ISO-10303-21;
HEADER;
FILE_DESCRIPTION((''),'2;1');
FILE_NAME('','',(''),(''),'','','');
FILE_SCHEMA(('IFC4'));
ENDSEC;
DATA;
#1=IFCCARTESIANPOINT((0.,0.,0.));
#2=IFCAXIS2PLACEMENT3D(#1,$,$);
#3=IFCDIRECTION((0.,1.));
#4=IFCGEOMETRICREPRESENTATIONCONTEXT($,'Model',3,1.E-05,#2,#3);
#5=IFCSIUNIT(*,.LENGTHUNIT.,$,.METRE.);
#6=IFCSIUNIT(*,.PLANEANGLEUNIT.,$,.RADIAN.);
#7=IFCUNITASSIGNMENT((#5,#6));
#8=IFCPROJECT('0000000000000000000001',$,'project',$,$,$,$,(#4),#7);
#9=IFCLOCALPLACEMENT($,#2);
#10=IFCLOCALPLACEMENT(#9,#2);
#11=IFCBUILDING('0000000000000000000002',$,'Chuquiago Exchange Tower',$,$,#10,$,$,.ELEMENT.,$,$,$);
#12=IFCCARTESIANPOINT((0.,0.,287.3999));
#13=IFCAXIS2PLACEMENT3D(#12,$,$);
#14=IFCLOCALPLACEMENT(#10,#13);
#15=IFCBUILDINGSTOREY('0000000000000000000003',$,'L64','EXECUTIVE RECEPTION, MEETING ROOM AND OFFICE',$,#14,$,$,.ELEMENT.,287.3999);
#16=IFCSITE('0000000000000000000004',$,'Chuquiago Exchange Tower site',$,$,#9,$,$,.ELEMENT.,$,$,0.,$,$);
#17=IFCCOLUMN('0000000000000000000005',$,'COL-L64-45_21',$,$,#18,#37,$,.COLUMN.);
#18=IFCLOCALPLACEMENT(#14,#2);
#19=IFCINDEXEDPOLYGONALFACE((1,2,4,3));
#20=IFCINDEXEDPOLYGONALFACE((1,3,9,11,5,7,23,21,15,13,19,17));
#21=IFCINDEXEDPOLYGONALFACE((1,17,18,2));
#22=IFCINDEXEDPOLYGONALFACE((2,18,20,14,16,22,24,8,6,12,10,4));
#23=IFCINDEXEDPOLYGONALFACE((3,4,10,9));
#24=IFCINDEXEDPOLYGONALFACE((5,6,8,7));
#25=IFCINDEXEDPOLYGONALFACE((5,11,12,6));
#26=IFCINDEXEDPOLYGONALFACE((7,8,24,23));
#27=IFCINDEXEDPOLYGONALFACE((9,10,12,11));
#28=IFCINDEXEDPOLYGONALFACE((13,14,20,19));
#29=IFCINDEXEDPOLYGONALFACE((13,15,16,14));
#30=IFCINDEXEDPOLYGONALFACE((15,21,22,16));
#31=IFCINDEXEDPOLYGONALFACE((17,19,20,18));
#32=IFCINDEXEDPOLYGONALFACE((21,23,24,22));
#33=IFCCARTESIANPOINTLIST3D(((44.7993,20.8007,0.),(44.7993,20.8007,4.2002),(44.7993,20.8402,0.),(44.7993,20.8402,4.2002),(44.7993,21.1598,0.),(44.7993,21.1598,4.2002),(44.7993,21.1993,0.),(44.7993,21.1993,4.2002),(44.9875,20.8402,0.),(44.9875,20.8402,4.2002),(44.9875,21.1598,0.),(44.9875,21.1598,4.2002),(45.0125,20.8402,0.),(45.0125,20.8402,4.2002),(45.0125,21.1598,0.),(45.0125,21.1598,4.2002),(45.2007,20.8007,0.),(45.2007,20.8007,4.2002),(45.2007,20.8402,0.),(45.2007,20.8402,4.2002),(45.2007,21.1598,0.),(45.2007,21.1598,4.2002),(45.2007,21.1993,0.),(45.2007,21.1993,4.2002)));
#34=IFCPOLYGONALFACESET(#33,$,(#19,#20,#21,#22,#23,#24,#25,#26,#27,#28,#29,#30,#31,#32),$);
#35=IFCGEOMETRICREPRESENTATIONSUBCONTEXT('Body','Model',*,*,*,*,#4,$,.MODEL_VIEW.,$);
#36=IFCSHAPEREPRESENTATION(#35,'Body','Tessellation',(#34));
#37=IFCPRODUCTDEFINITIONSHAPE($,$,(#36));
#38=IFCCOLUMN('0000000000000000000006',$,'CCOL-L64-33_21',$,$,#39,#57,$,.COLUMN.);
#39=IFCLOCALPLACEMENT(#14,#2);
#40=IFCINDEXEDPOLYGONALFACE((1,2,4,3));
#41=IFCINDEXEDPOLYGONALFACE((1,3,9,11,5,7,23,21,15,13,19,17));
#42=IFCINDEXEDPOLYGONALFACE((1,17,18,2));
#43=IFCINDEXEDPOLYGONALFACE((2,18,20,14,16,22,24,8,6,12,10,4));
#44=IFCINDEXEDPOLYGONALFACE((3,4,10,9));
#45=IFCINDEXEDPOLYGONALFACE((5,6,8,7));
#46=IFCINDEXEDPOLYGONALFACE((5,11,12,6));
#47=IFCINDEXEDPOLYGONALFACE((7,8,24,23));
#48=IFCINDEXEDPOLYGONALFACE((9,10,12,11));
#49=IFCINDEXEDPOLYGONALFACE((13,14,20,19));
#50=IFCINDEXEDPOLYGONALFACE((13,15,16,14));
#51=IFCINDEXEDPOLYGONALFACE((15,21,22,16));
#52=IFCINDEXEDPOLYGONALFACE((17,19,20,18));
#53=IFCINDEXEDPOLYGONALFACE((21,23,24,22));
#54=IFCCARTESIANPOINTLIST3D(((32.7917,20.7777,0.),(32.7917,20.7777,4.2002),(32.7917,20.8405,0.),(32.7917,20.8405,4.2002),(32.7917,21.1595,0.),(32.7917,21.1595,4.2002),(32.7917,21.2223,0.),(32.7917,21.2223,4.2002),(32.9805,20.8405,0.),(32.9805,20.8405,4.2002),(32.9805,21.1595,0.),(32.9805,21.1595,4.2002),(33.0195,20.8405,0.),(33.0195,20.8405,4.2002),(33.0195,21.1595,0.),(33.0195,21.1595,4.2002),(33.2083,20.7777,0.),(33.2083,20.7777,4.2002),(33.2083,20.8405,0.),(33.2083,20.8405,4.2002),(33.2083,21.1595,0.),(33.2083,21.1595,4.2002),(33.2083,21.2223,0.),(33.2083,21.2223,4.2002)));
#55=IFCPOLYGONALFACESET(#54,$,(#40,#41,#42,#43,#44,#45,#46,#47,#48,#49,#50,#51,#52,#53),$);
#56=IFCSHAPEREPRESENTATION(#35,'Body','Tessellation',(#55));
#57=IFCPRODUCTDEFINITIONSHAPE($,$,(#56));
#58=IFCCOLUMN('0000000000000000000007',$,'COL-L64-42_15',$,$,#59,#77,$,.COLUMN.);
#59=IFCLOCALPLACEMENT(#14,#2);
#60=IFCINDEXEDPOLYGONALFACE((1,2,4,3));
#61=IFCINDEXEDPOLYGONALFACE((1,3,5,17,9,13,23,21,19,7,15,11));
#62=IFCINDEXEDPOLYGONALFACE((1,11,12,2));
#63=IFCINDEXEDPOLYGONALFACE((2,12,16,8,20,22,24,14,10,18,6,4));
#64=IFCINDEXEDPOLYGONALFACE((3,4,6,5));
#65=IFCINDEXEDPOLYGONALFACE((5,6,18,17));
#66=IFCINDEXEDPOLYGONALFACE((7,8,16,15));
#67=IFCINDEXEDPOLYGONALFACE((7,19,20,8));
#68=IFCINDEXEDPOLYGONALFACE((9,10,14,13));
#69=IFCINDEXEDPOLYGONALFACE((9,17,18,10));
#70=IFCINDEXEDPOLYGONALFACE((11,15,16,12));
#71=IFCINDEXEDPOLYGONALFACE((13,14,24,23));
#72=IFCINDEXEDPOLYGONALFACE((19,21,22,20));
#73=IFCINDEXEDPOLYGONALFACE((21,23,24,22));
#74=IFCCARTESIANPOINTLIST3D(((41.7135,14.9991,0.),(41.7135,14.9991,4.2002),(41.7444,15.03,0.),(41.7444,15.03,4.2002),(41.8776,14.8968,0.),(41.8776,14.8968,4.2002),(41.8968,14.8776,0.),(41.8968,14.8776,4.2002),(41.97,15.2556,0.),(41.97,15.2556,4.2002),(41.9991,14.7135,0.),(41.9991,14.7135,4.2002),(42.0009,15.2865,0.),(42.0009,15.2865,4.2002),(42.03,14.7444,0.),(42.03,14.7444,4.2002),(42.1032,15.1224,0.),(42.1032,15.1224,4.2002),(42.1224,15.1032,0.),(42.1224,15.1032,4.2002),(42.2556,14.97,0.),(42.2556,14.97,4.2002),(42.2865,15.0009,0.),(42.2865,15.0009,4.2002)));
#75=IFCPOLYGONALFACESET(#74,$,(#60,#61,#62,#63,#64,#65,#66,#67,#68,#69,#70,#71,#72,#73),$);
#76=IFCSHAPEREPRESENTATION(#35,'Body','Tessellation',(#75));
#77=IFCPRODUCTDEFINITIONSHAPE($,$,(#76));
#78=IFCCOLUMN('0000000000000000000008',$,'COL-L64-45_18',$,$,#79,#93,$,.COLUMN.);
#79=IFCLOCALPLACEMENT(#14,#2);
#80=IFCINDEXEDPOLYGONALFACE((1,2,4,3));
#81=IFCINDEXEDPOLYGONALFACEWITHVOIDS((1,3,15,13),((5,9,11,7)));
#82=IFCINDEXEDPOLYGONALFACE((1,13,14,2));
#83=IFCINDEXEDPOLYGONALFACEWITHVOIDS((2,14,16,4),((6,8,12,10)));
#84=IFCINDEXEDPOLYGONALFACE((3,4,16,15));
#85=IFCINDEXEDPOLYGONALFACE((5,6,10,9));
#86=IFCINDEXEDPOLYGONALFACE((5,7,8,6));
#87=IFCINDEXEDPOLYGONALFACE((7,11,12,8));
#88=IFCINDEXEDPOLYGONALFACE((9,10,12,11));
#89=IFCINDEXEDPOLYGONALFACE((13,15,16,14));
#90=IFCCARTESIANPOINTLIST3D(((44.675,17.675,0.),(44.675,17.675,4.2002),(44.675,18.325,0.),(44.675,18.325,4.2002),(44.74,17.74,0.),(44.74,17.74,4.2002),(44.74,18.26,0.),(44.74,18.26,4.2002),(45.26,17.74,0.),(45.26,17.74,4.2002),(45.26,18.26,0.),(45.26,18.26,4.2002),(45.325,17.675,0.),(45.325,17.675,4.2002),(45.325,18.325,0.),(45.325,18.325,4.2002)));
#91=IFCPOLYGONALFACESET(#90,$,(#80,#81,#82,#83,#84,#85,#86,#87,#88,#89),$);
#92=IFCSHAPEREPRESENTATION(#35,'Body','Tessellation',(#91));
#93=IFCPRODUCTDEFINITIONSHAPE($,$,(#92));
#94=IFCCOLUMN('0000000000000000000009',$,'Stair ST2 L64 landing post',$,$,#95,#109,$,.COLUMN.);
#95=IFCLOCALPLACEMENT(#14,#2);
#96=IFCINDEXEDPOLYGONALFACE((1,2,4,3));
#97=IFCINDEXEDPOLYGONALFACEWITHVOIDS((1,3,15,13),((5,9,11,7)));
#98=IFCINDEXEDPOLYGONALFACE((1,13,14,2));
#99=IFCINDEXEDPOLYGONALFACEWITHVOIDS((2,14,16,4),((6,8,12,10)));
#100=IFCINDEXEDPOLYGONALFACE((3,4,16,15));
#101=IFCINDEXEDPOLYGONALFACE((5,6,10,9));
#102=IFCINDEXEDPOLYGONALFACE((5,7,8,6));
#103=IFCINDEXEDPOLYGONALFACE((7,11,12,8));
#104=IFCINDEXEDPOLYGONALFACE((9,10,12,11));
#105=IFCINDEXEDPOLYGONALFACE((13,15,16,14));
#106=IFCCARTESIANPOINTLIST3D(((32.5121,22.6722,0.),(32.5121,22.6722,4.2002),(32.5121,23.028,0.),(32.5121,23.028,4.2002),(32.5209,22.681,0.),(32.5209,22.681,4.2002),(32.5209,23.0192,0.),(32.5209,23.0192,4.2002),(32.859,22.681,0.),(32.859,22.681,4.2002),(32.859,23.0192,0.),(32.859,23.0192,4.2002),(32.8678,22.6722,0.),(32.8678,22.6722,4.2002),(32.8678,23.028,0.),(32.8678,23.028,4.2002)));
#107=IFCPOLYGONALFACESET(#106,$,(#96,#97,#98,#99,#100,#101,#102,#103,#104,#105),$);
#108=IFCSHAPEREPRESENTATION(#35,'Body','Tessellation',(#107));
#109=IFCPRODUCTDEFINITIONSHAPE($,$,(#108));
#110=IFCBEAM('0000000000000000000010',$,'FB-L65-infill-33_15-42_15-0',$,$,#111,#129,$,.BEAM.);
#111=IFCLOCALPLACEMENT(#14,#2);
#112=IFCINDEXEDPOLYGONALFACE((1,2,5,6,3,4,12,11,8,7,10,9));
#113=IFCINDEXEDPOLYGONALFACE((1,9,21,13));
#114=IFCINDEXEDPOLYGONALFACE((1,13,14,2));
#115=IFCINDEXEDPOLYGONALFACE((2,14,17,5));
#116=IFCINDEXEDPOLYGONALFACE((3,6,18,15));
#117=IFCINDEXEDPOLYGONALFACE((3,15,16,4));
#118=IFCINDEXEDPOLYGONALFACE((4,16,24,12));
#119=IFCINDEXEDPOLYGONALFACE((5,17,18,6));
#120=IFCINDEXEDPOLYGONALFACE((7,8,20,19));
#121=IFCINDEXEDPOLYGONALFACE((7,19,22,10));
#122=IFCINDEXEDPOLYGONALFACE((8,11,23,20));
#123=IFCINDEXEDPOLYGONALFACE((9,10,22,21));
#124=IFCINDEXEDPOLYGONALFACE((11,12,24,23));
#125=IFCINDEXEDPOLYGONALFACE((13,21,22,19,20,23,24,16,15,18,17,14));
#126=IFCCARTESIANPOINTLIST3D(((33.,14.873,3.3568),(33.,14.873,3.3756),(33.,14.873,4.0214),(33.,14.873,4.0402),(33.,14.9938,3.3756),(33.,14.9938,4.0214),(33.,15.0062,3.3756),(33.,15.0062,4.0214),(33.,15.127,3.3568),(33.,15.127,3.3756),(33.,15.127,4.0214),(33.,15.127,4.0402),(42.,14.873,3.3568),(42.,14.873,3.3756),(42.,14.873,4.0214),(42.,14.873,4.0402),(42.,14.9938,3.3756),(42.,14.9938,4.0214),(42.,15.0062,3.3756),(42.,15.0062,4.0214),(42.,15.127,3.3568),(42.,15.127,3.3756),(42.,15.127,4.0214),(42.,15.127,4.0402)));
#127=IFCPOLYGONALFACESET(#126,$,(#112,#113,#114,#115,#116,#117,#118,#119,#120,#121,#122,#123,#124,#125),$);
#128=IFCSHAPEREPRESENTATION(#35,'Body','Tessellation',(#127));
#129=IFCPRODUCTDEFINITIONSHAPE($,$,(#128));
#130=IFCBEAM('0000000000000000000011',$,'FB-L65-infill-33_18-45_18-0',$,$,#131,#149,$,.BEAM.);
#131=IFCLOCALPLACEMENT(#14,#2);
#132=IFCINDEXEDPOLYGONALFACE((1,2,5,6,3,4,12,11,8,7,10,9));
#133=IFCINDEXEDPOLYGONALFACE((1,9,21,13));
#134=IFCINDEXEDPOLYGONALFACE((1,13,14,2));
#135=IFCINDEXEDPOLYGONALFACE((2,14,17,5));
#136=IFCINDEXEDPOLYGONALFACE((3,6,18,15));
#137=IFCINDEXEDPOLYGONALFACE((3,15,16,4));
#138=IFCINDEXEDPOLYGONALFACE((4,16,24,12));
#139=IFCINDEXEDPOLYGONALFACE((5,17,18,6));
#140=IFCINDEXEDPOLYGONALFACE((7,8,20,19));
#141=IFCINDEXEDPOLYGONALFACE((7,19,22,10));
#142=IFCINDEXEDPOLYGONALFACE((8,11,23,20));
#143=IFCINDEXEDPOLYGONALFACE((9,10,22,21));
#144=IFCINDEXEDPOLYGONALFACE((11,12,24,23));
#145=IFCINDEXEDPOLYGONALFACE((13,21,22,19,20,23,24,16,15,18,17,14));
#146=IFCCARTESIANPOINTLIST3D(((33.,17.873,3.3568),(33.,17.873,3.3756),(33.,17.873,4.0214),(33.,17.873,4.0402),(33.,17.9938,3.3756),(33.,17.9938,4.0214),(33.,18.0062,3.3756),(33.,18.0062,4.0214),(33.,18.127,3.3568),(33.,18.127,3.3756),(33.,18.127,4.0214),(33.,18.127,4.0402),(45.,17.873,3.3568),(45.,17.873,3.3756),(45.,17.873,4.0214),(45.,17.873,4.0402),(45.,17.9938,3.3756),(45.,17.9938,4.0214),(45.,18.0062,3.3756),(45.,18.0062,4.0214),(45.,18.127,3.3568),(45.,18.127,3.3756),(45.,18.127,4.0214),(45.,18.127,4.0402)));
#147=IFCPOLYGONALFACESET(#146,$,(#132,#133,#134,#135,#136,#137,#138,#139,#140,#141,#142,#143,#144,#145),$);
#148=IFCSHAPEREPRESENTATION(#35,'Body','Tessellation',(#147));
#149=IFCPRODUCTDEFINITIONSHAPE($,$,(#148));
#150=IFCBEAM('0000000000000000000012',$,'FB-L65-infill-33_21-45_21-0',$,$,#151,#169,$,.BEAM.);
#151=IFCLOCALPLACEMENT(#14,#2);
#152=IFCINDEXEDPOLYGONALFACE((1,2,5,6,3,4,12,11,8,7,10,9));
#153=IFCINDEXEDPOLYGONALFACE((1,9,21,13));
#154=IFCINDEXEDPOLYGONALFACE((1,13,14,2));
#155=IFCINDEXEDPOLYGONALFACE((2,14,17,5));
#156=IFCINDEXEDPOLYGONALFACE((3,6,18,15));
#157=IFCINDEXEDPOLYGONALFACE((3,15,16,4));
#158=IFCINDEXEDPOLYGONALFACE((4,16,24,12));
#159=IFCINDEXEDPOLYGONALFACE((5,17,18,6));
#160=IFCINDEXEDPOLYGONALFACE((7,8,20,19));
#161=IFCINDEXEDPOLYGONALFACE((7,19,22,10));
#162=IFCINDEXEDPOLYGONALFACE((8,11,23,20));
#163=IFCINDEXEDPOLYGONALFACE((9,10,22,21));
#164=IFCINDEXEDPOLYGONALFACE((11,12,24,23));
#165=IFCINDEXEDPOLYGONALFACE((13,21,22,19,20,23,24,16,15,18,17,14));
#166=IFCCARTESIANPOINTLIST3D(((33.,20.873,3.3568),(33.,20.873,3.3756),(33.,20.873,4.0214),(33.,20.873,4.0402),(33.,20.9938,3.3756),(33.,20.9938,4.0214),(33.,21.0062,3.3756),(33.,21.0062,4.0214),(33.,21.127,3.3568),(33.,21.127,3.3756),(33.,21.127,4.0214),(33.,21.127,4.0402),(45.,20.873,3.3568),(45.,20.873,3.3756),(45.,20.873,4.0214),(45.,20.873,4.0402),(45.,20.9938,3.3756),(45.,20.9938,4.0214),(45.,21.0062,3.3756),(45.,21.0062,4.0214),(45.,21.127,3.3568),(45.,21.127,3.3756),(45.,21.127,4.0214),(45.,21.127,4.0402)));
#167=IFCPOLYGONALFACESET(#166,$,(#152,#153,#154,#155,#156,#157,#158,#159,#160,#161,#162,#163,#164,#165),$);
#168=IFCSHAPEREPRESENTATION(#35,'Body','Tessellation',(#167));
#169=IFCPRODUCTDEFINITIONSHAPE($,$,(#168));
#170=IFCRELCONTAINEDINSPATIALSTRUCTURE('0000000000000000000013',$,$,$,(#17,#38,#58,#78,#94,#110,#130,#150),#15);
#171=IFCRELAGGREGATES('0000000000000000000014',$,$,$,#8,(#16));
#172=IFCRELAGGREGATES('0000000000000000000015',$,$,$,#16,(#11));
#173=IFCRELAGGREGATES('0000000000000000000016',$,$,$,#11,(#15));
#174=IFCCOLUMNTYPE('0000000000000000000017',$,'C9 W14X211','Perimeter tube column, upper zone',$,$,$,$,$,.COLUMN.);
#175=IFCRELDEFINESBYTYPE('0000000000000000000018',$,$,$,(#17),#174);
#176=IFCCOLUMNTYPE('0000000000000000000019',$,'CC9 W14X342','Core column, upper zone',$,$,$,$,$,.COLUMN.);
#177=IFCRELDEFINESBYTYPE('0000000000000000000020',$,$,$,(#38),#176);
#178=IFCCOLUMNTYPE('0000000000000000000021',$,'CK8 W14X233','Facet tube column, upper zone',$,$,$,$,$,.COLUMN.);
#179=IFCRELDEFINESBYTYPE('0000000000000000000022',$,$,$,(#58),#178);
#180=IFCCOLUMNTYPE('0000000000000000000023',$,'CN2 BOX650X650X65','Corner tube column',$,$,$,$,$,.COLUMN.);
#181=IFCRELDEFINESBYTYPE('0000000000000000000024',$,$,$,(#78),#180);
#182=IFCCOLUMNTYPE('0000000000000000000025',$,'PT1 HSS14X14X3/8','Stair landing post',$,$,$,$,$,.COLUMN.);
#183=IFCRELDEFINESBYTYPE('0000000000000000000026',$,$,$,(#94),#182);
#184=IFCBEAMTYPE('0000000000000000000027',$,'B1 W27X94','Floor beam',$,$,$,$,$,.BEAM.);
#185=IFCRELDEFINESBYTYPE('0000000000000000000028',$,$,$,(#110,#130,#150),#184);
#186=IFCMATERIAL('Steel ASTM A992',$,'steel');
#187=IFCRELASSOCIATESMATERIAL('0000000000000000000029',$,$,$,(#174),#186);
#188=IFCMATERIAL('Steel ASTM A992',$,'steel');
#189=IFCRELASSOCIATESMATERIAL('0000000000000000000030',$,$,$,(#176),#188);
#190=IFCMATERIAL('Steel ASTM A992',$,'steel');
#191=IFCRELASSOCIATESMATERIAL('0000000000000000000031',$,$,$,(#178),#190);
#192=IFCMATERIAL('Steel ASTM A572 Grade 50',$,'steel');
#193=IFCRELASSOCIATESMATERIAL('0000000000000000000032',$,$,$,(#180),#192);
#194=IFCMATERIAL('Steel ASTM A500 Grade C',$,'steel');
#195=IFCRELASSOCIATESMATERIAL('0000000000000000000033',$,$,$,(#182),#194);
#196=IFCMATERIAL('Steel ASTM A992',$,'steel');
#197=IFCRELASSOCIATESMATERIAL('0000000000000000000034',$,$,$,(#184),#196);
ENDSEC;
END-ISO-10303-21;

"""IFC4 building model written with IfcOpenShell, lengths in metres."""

from ifc_helpers import new_model, si_unit, direction, frame, origin, origin_2d, place, context, subcontext, project, spatial, hollow_rectangle, i_section, extrude, material, material_profile, profile_set, type_object, element, save


model = new_model("IFC4")

# Units and contexts
model_context = context("Model", 3, precision=1e-05, world=origin(), true_north=direction((0.0, 1.0)))
body_context = subcontext(model_context, "Body", "Model", "MODEL_VIEW")
ifc_project = project(units=[si_unit("LENGTHUNIT", "METRE"), si_unit("PLANEANGLEUNIT", "RADIAN")], contexts=[model_context])

# Site, building, storey
site_placement = place(None, origin())
site = spatial("IfcSite", under=ifc_project, at=site_placement, Name="Chuquiago Exchange Tower site", CompositionType="ELEMENT", RefElevation=0.0)
building_placement = place(site_placement, origin())
building = spatial("IfcBuilding", under=site, at=building_placement, Name="Chuquiago Exchange Tower", CompositionType="ELEMENT")
storey_placement = place(building_placement, frame((0.0, 0.0, 287.3999)))
storey = spatial("IfcBuildingStorey", under=building, at=storey_placement, Name="L64", Description="EXECUTIVE RECEPTION, MEETING ROOM AND OFFICE", CompositionType="ELEMENT", Elevation=287.3999)

# Columns
ifc_material_1 = material(Name="Steel ASTM A992", Category="steel")
ifc_material_profile_1 = material_profile(ifc_material_1, i_section(OverallWidth=0.4014, OverallDepth=0.3987, WebThickness=0.0249, FlangeThickness=0.0396, at=origin_2d()), Name="W14X211")
ifc_profile_set_1 = profile_set([ifc_material_profile_1], Name="Steel ASTM A992")
column_type_1 = type_object("IfcColumnType", Name="C9 W14X211", Description="Perimeter tube column, upper zone", PredefinedType="COLUMN", material=ifc_profile_set_1)
column_1_placement = place(storey_placement, frame((45.0, 21.0, 0.0), z_axis=(0.0, 0.0, 1.0), x_axis=(1.0, 0.0, 0.0)))
element("IfcColumn", 1, at=column_1_placement, inside=storey, type_object=column_type_1, Name="COL-L64-45_21", PredefinedType="COLUMN", context=body_context, shape_type="SweptSolid", body=[
    extrude(i_section(OverallWidth=0.4014, OverallDepth=0.3987, WebThickness=0.0249, FlangeThickness=0.0396, at=origin_2d()), origin(), (0.0, 0.0, 1.0), 4.2002),
])
ifc_material_2 = material(Name="Steel ASTM A992", Category="steel")
ifc_material_profile_2 = material_profile(ifc_material_2, i_section(OverallWidth=0.4165, OverallDepth=0.4446, WebThickness=0.0391, FlangeThickness=0.0627, at=origin_2d()), Name="W14X342")
ifc_profile_set_2 = profile_set([ifc_material_profile_2], Name="Steel ASTM A992")
column_type_2 = type_object("IfcColumnType", Name="CC9 W14X342", Description="Core column, upper zone", PredefinedType="COLUMN", material=ifc_profile_set_2)
column_2_placement = place(storey_placement, frame((33.0, 21.0, 0.0), z_axis=(0.0, 0.0, 1.0), x_axis=(1.0, 0.0, 0.0)))
element("IfcColumn", 2, at=column_2_placement, inside=storey, type_object=column_type_2, Name="CCOL-L64-33_21", PredefinedType="COLUMN", context=body_context, shape_type="SweptSolid", body=[
    extrude(i_section(OverallWidth=0.4165, OverallDepth=0.4446, WebThickness=0.0391, FlangeThickness=0.0627, at=origin_2d()), origin(), (0.0, 0.0, 1.0), 4.2002),
])
ifc_material_3 = material(Name="Steel ASTM A992", Category="steel")
ifc_material_profile_3 = material_profile(ifc_material_3, i_section(OverallWidth=0.4038, OverallDepth=0.4065, WebThickness=0.0271, FlangeThickness=0.0437, at=origin_2d()), Name="W14X233")
ifc_profile_set_3 = profile_set([ifc_material_profile_3], Name="Steel ASTM A992")
column_type_3 = type_object("IfcColumnType", Name="CK8 W14X233", Description="Facet tube column, upper zone", PredefinedType="COLUMN", material=ifc_profile_set_3)
column_3_placement = place(storey_placement, frame((42.0, 15.0, 0.0), z_axis=(0.0, 0.0, 1.0), x_axis=(0.707107, -0.707107, 0.0)))
element("IfcColumn", 3, at=column_3_placement, inside=storey, type_object=column_type_3, Name="COL-L64-42_15", PredefinedType="COLUMN", context=body_context, shape_type="SweptSolid", body=[
    extrude(i_section(OverallWidth=0.4038, OverallDepth=0.4065, WebThickness=0.0271, FlangeThickness=0.0437, at=origin_2d()), origin(), (0.0, 0.0, 1.0), 4.2002),
])
ifc_material_4 = material(Name="Steel ASTM A572 Grade 50", Category="steel")
ifc_material_profile_4 = material_profile(ifc_material_4, hollow_rectangle(XDim=0.6499, YDim=0.6499, WallThickness=0.0649, at=origin_2d()), Name="BOX650X650X65")
ifc_profile_set_4 = profile_set([ifc_material_profile_4], Name="Steel ASTM A572 Grade 50")
column_type_4 = type_object("IfcColumnType", Name="CN2 BOX650X650X65", Description="Corner tube column", PredefinedType="COLUMN", material=ifc_profile_set_4)
column_4_placement = place(storey_placement, frame((45.0, 18.0, 0.0), z_axis=(0.0, 0.0, 1.0), x_axis=(1.0, 0.0, 0.0)))
element("IfcColumn", 4, at=column_4_placement, inside=storey, type_object=column_type_4, Name="COL-L64-45_18", PredefinedType="COLUMN", context=body_context, shape_type="SweptSolid", body=[
    extrude(hollow_rectangle(XDim=0.6499, YDim=0.6499, WallThickness=0.0649, at=origin_2d()), origin(), (0.0, 0.0, 1.0), 4.2002),
])
ifc_material_5 = material(Name="Steel ASTM A500 Grade C", Category="steel")
ifc_material_profile_5 = material_profile(ifc_material_5, hollow_rectangle(XDim=0.3557, YDim=0.3557, WallThickness=0.0088, at=origin_2d()), Name="HSS14X14X3/8")
ifc_profile_set_5 = profile_set([ifc_material_profile_5], Name="Steel ASTM A500 Grade C")
column_type_5 = type_object("IfcColumnType", Name="PT1 HSS14X14X3/8", Description="Stair landing post", PredefinedType="COLUMN", material=ifc_profile_set_5)
column_5_placement = place(storey_placement, frame((32.6899, 22.8501, 0.0), z_axis=(0.0, 0.0, 1.0), x_axis=(1.0, 0.0, 0.0)))
element("IfcColumn", 5, at=column_5_placement, inside=storey, type_object=column_type_5, Name="Stair ST2 L64 landing post", PredefinedType="COLUMN", context=body_context, shape_type="SweptSolid", body=[
    extrude(hollow_rectangle(XDim=0.3557, YDim=0.3557, WallThickness=0.0088, at=origin_2d()), origin(), (0.0, 0.0, 1.0), 4.2002),
])

# Beams
ifc_material_6 = material(Name="Steel ASTM A992", Category="steel")
ifc_material_profile_6 = material_profile(ifc_material_6, i_section(OverallWidth=0.2539, OverallDepth=0.6833, WebThickness=0.0125, FlangeThickness=0.0188, at=origin_2d()), Name="W27X94")
ifc_profile_set_6 = profile_set([ifc_material_profile_6], Name="Steel ASTM A992")
beam_type_1 = type_object("IfcBeamType", Name="B1 W27X94", Description="Floor beam", PredefinedType="BEAM", material=ifc_profile_set_6)
beam_1_placement = place(storey_placement, frame((33.0, 15.0, 3.6985), z_axis=(1.0, 0.0, 0.0), x_axis=(0.0, 1.0, 0.0)))
element("IfcBeam", 6, at=beam_1_placement, inside=storey, type_object=beam_type_1, Name="FB-L65-infill-33_15-42_15-0", PredefinedType="BEAM", context=body_context, shape_type="SweptSolid", body=[
    extrude(i_section(OverallWidth=0.2539, OverallDepth=0.6833, WebThickness=0.0125, FlangeThickness=0.0188, at=origin_2d()), origin(), (0.0, 0.0, 1.0), 9.0),
])
for number, where, z_axis, x_axis, name in (
    (7, (33.0, 18.0, 3.6985), (1.0, 0.0, 0.0), (0.0, 1.0, 0.0), "FB-L65-infill-33_18-45_18-0"),
    (8, (33.0, 21.0, 3.6985), (1.0, 0.0, 0.0), (0.0, 1.0, 0.0), "FB-L65-infill-33_21-45_21-0"),
):
    element("IfcBeam", number, at=place(storey_placement, frame(where, z_axis=z_axis, x_axis=x_axis)), inside=storey, type_object=beam_type_1, Name=name, PredefinedType="BEAM", context=body_context, shape_type="SweptSolid", body=[
        extrude(i_section(OverallWidth=0.2539, OverallDepth=0.6833, WebThickness=0.0125, FlangeThickness=0.0188, at=origin_2d()), origin(), (0.0, 0.0, 1.0), 12.0),
    ])

save(model, "model.ifc")
